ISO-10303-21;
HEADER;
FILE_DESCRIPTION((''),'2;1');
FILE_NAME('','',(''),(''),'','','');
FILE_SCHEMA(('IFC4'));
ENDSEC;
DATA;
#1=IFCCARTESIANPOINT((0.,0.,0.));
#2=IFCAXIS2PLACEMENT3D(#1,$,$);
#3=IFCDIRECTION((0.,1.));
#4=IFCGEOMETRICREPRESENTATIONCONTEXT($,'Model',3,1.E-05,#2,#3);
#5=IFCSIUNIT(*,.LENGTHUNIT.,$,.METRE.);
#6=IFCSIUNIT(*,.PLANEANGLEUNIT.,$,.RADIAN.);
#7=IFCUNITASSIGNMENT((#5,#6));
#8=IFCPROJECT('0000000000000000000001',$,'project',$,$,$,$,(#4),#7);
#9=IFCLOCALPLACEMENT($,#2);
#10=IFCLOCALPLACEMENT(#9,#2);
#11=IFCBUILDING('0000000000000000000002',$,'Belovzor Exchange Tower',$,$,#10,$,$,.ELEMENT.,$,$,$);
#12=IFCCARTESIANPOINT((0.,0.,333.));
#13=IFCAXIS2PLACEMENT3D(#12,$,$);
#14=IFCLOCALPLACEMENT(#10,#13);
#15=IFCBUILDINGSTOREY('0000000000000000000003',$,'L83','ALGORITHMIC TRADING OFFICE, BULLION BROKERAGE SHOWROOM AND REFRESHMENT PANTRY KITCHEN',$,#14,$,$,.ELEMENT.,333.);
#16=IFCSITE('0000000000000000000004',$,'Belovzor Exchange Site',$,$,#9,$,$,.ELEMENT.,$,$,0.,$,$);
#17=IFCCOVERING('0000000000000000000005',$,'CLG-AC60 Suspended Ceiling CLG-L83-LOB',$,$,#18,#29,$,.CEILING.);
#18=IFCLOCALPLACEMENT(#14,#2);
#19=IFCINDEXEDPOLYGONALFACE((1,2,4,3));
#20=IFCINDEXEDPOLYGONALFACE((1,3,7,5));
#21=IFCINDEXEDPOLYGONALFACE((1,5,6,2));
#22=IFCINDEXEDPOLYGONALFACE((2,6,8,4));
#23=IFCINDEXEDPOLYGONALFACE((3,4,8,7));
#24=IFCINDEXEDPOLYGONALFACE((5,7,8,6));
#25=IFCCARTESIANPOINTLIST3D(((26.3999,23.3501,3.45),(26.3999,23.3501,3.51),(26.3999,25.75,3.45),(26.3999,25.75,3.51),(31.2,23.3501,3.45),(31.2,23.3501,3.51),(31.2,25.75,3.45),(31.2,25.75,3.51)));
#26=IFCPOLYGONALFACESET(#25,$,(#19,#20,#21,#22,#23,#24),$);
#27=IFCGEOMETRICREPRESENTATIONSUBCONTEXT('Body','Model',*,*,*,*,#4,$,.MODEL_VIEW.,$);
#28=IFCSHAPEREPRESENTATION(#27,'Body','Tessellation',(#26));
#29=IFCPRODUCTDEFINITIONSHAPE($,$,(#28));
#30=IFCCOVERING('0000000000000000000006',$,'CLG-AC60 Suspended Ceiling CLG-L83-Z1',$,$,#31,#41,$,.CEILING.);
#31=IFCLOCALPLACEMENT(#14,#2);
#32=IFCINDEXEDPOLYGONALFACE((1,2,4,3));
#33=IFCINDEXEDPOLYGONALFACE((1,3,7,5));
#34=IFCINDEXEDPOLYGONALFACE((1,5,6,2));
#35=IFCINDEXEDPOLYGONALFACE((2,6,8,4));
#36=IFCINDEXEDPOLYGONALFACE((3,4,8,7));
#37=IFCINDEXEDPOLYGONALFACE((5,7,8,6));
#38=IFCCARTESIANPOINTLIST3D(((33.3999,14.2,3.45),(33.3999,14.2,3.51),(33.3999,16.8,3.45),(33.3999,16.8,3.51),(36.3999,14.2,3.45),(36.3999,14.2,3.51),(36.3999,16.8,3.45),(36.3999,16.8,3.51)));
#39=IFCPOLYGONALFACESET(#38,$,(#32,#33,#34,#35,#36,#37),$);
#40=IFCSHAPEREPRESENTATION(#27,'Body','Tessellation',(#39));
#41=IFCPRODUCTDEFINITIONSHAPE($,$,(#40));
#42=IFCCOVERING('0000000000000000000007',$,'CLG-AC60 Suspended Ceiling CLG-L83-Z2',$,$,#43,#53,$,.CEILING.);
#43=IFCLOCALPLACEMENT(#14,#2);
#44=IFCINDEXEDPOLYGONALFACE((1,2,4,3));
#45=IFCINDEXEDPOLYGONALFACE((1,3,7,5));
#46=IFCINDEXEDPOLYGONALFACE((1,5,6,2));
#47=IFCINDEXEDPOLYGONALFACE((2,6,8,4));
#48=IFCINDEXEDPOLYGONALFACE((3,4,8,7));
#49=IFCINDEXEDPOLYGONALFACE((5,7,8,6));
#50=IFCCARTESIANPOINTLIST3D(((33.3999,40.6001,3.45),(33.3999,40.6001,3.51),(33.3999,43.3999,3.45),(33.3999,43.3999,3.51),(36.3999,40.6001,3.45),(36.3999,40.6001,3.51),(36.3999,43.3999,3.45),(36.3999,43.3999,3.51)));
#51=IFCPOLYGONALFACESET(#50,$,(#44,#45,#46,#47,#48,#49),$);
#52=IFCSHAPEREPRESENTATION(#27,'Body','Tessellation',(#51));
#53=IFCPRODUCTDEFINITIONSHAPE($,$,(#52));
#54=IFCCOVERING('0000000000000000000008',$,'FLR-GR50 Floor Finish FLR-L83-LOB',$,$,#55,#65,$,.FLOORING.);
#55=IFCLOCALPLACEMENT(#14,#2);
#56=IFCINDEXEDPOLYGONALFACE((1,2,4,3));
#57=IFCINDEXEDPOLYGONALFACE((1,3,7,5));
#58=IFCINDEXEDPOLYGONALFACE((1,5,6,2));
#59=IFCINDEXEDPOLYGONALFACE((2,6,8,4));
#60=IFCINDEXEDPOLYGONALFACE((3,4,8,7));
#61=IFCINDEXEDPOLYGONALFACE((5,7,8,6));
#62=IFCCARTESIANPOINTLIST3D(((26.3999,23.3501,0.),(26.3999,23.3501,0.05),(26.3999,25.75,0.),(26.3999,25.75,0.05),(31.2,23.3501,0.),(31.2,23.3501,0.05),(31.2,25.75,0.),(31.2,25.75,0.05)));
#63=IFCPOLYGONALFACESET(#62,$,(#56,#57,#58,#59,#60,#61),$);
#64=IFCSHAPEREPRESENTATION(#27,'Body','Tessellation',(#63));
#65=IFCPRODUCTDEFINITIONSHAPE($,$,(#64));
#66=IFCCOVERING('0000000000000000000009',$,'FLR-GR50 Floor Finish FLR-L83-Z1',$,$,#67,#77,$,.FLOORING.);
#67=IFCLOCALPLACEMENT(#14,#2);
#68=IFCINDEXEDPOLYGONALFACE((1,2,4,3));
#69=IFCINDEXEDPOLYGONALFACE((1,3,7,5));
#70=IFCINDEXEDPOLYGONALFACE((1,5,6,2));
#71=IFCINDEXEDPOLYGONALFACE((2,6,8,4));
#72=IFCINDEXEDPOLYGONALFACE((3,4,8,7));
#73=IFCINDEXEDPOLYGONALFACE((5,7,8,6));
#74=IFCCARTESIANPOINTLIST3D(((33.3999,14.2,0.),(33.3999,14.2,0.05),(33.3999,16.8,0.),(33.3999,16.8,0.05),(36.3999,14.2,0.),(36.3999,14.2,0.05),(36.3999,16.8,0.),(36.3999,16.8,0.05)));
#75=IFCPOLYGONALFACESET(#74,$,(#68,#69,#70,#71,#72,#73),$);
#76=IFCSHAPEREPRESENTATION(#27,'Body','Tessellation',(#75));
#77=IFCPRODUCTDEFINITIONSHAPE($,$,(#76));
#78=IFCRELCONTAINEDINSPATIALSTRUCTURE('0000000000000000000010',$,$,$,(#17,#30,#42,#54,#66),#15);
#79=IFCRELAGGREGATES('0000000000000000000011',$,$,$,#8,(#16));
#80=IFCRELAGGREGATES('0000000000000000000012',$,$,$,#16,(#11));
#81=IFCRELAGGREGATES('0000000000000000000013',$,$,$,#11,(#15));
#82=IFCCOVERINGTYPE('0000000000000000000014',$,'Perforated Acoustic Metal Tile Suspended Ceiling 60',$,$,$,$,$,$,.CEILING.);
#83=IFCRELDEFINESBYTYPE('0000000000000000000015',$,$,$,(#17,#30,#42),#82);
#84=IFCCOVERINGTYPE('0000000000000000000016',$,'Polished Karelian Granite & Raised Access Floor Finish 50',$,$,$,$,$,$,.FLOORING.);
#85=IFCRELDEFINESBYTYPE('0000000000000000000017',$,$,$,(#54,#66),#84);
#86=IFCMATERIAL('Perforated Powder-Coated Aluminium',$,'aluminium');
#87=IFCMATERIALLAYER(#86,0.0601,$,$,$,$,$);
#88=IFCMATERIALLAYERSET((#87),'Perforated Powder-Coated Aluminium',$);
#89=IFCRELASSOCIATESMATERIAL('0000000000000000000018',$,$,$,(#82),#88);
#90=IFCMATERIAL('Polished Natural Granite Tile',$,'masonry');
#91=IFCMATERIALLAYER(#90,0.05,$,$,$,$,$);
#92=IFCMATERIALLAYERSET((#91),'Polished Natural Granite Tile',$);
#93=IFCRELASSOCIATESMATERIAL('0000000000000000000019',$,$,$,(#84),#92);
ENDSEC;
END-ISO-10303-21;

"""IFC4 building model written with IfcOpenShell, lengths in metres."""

from ifc_helpers import new_model, si_unit, direction, frame, origin, place, context, subcontext, project, spatial, polyline, outline, extrude, material, layer, layer_set, type_object, element, save


model = new_model("IFC4")

# Units and contexts
model_context = context("Model", 3, precision=1e-05, world=origin(), true_north=direction((0.0, 1.0)))
body_context = subcontext(model_context, "Body", "Model", "MODEL_VIEW")
ifc_project = project(units=[si_unit("LENGTHUNIT", "METRE"), si_unit("PLANEANGLEUNIT", "RADIAN")], contexts=[model_context])

# Site, building, storey
site_placement = place(None, origin())
site = spatial("IfcSite", under=ifc_project, at=site_placement, Name="Belovzor Exchange Site", CompositionType="ELEMENT", RefElevation=0.0)
building_placement = place(site_placement, origin())
building = spatial("IfcBuilding", under=site, at=building_placement, Name="Belovzor Exchange Tower", CompositionType="ELEMENT")
storey_placement = place(building_placement, frame((0.0, 0.0, 333.0)))
storey = spatial("IfcBuildingStorey", under=building, at=storey_placement, Name="L83", Description="ALGORITHMIC TRADING OFFICE, BULLION BROKERAGE SHOWROOM AND REFRESHMENT PANTRY KITCHEN", CompositionType="ELEMENT", Elevation=333.0)

# Coverings
ifc_material_1 = material(Name="Perforated Powder-Coated Aluminium", Category="aluminium")
ifc_layer_1 = layer(ifc_material_1, 0.0601)
ifc_layer_set_1 = layer_set([ifc_layer_1], Name="Perforated Powder-Coated Aluminium")
covering_type_1 = type_object("IfcCoveringType", Name="Perforated Acoustic Metal Tile Suspended Ceiling 60", PredefinedType="CEILING", material=ifc_layer_set_1)
covering_1_placement = place(storey_placement, frame((0.0, 0.0, 3.45)))
element("IfcCovering", 1, at=covering_1_placement, inside=storey, type_object=covering_type_1, Name="CLG-AC60 Suspended Ceiling CLG-L83-LOB", PredefinedType="CEILING", context=body_context, shape_type="SweptSolid", body=[
    extrude(outline(polyline([(26.3999, 23.3501), (31.2, 23.3501), (31.2, 25.75), (26.3999, 25.75), (26.3999, 23.3501)])), origin(), (0.0, 0.0, 1.0), 0.0601),
])
covering_2_placement = place(storey_placement, frame((0.0, 0.0, 3.45)))
element("IfcCovering", 2, at=covering_2_placement, inside=storey, type_object=covering_type_1, Name="CLG-AC60 Suspended Ceiling CLG-L83-Z1", PredefinedType="CEILING", context=body_context, shape_type="SweptSolid", body=[
    extrude(outline(polyline([(33.3999, 14.2), (36.3999, 14.2), (36.3999, 16.8), (33.3999, 16.8), (33.3999, 14.2)])), origin(), (0.0, 0.0, 1.0), 0.0601),
])
covering_3_placement = place(storey_placement, frame((0.0, 0.0, 3.45)))
element("IfcCovering", 3, at=covering_3_placement, inside=storey, type_object=covering_type_1, Name="CLG-AC60 Suspended Ceiling CLG-L83-Z2", PredefinedType="CEILING", context=body_context, shape_type="SweptSolid", body=[
    extrude(outline(polyline([(33.3999, 40.6001), (36.3999, 40.6001), (36.3999, 43.3999), (33.3999, 43.3999), (33.3999, 40.6001)])), origin(), (0.0, 0.0, 1.0), 0.0601),
])
ifc_material_2 = material(Name="Polished Natural Granite Tile", Category="masonry")
ifc_layer_2 = layer(ifc_material_2, 0.05)
ifc_layer_set_2 = layer_set([ifc_layer_2], Name="Polished Natural Granite Tile")
covering_type_2 = type_object("IfcCoveringType", Name="Polished Karelian Granite & Raised Access Floor Finish 50", PredefinedType="FLOORING", material=ifc_layer_set_2)
covering_4_placement = place(storey_placement, origin())
element("IfcCovering", 4, at=covering_4_placement, inside=storey, type_object=covering_type_2, Name="FLR-GR50 Floor Finish FLR-L83-LOB", PredefinedType="FLOORING", context=body_context, shape_type="SweptSolid", body=[
    extrude(outline(polyline([(26.3999, 23.3501), (31.2, 23.3501), (31.2, 25.75), (26.3999, 25.75), (26.3999, 23.3501)])), origin(), (0.0, 0.0, 1.0), 0.05),
])
covering_5_placement = place(storey_placement, origin())
element("IfcCovering", 5, at=covering_5_placement, inside=storey, type_object=covering_type_2, Name="FLR-GR50 Floor Finish FLR-L83-Z1", PredefinedType="FLOORING", context=body_context, shape_type="SweptSolid", body=[
    extrude(outline(polyline([(33.3999, 14.2), (36.3999, 14.2), (36.3999, 16.8), (33.3999, 16.8), (33.3999, 14.2)])), origin(), (0.0, 0.0, 1.0), 0.05),
])

save(model, "model.ifc")
